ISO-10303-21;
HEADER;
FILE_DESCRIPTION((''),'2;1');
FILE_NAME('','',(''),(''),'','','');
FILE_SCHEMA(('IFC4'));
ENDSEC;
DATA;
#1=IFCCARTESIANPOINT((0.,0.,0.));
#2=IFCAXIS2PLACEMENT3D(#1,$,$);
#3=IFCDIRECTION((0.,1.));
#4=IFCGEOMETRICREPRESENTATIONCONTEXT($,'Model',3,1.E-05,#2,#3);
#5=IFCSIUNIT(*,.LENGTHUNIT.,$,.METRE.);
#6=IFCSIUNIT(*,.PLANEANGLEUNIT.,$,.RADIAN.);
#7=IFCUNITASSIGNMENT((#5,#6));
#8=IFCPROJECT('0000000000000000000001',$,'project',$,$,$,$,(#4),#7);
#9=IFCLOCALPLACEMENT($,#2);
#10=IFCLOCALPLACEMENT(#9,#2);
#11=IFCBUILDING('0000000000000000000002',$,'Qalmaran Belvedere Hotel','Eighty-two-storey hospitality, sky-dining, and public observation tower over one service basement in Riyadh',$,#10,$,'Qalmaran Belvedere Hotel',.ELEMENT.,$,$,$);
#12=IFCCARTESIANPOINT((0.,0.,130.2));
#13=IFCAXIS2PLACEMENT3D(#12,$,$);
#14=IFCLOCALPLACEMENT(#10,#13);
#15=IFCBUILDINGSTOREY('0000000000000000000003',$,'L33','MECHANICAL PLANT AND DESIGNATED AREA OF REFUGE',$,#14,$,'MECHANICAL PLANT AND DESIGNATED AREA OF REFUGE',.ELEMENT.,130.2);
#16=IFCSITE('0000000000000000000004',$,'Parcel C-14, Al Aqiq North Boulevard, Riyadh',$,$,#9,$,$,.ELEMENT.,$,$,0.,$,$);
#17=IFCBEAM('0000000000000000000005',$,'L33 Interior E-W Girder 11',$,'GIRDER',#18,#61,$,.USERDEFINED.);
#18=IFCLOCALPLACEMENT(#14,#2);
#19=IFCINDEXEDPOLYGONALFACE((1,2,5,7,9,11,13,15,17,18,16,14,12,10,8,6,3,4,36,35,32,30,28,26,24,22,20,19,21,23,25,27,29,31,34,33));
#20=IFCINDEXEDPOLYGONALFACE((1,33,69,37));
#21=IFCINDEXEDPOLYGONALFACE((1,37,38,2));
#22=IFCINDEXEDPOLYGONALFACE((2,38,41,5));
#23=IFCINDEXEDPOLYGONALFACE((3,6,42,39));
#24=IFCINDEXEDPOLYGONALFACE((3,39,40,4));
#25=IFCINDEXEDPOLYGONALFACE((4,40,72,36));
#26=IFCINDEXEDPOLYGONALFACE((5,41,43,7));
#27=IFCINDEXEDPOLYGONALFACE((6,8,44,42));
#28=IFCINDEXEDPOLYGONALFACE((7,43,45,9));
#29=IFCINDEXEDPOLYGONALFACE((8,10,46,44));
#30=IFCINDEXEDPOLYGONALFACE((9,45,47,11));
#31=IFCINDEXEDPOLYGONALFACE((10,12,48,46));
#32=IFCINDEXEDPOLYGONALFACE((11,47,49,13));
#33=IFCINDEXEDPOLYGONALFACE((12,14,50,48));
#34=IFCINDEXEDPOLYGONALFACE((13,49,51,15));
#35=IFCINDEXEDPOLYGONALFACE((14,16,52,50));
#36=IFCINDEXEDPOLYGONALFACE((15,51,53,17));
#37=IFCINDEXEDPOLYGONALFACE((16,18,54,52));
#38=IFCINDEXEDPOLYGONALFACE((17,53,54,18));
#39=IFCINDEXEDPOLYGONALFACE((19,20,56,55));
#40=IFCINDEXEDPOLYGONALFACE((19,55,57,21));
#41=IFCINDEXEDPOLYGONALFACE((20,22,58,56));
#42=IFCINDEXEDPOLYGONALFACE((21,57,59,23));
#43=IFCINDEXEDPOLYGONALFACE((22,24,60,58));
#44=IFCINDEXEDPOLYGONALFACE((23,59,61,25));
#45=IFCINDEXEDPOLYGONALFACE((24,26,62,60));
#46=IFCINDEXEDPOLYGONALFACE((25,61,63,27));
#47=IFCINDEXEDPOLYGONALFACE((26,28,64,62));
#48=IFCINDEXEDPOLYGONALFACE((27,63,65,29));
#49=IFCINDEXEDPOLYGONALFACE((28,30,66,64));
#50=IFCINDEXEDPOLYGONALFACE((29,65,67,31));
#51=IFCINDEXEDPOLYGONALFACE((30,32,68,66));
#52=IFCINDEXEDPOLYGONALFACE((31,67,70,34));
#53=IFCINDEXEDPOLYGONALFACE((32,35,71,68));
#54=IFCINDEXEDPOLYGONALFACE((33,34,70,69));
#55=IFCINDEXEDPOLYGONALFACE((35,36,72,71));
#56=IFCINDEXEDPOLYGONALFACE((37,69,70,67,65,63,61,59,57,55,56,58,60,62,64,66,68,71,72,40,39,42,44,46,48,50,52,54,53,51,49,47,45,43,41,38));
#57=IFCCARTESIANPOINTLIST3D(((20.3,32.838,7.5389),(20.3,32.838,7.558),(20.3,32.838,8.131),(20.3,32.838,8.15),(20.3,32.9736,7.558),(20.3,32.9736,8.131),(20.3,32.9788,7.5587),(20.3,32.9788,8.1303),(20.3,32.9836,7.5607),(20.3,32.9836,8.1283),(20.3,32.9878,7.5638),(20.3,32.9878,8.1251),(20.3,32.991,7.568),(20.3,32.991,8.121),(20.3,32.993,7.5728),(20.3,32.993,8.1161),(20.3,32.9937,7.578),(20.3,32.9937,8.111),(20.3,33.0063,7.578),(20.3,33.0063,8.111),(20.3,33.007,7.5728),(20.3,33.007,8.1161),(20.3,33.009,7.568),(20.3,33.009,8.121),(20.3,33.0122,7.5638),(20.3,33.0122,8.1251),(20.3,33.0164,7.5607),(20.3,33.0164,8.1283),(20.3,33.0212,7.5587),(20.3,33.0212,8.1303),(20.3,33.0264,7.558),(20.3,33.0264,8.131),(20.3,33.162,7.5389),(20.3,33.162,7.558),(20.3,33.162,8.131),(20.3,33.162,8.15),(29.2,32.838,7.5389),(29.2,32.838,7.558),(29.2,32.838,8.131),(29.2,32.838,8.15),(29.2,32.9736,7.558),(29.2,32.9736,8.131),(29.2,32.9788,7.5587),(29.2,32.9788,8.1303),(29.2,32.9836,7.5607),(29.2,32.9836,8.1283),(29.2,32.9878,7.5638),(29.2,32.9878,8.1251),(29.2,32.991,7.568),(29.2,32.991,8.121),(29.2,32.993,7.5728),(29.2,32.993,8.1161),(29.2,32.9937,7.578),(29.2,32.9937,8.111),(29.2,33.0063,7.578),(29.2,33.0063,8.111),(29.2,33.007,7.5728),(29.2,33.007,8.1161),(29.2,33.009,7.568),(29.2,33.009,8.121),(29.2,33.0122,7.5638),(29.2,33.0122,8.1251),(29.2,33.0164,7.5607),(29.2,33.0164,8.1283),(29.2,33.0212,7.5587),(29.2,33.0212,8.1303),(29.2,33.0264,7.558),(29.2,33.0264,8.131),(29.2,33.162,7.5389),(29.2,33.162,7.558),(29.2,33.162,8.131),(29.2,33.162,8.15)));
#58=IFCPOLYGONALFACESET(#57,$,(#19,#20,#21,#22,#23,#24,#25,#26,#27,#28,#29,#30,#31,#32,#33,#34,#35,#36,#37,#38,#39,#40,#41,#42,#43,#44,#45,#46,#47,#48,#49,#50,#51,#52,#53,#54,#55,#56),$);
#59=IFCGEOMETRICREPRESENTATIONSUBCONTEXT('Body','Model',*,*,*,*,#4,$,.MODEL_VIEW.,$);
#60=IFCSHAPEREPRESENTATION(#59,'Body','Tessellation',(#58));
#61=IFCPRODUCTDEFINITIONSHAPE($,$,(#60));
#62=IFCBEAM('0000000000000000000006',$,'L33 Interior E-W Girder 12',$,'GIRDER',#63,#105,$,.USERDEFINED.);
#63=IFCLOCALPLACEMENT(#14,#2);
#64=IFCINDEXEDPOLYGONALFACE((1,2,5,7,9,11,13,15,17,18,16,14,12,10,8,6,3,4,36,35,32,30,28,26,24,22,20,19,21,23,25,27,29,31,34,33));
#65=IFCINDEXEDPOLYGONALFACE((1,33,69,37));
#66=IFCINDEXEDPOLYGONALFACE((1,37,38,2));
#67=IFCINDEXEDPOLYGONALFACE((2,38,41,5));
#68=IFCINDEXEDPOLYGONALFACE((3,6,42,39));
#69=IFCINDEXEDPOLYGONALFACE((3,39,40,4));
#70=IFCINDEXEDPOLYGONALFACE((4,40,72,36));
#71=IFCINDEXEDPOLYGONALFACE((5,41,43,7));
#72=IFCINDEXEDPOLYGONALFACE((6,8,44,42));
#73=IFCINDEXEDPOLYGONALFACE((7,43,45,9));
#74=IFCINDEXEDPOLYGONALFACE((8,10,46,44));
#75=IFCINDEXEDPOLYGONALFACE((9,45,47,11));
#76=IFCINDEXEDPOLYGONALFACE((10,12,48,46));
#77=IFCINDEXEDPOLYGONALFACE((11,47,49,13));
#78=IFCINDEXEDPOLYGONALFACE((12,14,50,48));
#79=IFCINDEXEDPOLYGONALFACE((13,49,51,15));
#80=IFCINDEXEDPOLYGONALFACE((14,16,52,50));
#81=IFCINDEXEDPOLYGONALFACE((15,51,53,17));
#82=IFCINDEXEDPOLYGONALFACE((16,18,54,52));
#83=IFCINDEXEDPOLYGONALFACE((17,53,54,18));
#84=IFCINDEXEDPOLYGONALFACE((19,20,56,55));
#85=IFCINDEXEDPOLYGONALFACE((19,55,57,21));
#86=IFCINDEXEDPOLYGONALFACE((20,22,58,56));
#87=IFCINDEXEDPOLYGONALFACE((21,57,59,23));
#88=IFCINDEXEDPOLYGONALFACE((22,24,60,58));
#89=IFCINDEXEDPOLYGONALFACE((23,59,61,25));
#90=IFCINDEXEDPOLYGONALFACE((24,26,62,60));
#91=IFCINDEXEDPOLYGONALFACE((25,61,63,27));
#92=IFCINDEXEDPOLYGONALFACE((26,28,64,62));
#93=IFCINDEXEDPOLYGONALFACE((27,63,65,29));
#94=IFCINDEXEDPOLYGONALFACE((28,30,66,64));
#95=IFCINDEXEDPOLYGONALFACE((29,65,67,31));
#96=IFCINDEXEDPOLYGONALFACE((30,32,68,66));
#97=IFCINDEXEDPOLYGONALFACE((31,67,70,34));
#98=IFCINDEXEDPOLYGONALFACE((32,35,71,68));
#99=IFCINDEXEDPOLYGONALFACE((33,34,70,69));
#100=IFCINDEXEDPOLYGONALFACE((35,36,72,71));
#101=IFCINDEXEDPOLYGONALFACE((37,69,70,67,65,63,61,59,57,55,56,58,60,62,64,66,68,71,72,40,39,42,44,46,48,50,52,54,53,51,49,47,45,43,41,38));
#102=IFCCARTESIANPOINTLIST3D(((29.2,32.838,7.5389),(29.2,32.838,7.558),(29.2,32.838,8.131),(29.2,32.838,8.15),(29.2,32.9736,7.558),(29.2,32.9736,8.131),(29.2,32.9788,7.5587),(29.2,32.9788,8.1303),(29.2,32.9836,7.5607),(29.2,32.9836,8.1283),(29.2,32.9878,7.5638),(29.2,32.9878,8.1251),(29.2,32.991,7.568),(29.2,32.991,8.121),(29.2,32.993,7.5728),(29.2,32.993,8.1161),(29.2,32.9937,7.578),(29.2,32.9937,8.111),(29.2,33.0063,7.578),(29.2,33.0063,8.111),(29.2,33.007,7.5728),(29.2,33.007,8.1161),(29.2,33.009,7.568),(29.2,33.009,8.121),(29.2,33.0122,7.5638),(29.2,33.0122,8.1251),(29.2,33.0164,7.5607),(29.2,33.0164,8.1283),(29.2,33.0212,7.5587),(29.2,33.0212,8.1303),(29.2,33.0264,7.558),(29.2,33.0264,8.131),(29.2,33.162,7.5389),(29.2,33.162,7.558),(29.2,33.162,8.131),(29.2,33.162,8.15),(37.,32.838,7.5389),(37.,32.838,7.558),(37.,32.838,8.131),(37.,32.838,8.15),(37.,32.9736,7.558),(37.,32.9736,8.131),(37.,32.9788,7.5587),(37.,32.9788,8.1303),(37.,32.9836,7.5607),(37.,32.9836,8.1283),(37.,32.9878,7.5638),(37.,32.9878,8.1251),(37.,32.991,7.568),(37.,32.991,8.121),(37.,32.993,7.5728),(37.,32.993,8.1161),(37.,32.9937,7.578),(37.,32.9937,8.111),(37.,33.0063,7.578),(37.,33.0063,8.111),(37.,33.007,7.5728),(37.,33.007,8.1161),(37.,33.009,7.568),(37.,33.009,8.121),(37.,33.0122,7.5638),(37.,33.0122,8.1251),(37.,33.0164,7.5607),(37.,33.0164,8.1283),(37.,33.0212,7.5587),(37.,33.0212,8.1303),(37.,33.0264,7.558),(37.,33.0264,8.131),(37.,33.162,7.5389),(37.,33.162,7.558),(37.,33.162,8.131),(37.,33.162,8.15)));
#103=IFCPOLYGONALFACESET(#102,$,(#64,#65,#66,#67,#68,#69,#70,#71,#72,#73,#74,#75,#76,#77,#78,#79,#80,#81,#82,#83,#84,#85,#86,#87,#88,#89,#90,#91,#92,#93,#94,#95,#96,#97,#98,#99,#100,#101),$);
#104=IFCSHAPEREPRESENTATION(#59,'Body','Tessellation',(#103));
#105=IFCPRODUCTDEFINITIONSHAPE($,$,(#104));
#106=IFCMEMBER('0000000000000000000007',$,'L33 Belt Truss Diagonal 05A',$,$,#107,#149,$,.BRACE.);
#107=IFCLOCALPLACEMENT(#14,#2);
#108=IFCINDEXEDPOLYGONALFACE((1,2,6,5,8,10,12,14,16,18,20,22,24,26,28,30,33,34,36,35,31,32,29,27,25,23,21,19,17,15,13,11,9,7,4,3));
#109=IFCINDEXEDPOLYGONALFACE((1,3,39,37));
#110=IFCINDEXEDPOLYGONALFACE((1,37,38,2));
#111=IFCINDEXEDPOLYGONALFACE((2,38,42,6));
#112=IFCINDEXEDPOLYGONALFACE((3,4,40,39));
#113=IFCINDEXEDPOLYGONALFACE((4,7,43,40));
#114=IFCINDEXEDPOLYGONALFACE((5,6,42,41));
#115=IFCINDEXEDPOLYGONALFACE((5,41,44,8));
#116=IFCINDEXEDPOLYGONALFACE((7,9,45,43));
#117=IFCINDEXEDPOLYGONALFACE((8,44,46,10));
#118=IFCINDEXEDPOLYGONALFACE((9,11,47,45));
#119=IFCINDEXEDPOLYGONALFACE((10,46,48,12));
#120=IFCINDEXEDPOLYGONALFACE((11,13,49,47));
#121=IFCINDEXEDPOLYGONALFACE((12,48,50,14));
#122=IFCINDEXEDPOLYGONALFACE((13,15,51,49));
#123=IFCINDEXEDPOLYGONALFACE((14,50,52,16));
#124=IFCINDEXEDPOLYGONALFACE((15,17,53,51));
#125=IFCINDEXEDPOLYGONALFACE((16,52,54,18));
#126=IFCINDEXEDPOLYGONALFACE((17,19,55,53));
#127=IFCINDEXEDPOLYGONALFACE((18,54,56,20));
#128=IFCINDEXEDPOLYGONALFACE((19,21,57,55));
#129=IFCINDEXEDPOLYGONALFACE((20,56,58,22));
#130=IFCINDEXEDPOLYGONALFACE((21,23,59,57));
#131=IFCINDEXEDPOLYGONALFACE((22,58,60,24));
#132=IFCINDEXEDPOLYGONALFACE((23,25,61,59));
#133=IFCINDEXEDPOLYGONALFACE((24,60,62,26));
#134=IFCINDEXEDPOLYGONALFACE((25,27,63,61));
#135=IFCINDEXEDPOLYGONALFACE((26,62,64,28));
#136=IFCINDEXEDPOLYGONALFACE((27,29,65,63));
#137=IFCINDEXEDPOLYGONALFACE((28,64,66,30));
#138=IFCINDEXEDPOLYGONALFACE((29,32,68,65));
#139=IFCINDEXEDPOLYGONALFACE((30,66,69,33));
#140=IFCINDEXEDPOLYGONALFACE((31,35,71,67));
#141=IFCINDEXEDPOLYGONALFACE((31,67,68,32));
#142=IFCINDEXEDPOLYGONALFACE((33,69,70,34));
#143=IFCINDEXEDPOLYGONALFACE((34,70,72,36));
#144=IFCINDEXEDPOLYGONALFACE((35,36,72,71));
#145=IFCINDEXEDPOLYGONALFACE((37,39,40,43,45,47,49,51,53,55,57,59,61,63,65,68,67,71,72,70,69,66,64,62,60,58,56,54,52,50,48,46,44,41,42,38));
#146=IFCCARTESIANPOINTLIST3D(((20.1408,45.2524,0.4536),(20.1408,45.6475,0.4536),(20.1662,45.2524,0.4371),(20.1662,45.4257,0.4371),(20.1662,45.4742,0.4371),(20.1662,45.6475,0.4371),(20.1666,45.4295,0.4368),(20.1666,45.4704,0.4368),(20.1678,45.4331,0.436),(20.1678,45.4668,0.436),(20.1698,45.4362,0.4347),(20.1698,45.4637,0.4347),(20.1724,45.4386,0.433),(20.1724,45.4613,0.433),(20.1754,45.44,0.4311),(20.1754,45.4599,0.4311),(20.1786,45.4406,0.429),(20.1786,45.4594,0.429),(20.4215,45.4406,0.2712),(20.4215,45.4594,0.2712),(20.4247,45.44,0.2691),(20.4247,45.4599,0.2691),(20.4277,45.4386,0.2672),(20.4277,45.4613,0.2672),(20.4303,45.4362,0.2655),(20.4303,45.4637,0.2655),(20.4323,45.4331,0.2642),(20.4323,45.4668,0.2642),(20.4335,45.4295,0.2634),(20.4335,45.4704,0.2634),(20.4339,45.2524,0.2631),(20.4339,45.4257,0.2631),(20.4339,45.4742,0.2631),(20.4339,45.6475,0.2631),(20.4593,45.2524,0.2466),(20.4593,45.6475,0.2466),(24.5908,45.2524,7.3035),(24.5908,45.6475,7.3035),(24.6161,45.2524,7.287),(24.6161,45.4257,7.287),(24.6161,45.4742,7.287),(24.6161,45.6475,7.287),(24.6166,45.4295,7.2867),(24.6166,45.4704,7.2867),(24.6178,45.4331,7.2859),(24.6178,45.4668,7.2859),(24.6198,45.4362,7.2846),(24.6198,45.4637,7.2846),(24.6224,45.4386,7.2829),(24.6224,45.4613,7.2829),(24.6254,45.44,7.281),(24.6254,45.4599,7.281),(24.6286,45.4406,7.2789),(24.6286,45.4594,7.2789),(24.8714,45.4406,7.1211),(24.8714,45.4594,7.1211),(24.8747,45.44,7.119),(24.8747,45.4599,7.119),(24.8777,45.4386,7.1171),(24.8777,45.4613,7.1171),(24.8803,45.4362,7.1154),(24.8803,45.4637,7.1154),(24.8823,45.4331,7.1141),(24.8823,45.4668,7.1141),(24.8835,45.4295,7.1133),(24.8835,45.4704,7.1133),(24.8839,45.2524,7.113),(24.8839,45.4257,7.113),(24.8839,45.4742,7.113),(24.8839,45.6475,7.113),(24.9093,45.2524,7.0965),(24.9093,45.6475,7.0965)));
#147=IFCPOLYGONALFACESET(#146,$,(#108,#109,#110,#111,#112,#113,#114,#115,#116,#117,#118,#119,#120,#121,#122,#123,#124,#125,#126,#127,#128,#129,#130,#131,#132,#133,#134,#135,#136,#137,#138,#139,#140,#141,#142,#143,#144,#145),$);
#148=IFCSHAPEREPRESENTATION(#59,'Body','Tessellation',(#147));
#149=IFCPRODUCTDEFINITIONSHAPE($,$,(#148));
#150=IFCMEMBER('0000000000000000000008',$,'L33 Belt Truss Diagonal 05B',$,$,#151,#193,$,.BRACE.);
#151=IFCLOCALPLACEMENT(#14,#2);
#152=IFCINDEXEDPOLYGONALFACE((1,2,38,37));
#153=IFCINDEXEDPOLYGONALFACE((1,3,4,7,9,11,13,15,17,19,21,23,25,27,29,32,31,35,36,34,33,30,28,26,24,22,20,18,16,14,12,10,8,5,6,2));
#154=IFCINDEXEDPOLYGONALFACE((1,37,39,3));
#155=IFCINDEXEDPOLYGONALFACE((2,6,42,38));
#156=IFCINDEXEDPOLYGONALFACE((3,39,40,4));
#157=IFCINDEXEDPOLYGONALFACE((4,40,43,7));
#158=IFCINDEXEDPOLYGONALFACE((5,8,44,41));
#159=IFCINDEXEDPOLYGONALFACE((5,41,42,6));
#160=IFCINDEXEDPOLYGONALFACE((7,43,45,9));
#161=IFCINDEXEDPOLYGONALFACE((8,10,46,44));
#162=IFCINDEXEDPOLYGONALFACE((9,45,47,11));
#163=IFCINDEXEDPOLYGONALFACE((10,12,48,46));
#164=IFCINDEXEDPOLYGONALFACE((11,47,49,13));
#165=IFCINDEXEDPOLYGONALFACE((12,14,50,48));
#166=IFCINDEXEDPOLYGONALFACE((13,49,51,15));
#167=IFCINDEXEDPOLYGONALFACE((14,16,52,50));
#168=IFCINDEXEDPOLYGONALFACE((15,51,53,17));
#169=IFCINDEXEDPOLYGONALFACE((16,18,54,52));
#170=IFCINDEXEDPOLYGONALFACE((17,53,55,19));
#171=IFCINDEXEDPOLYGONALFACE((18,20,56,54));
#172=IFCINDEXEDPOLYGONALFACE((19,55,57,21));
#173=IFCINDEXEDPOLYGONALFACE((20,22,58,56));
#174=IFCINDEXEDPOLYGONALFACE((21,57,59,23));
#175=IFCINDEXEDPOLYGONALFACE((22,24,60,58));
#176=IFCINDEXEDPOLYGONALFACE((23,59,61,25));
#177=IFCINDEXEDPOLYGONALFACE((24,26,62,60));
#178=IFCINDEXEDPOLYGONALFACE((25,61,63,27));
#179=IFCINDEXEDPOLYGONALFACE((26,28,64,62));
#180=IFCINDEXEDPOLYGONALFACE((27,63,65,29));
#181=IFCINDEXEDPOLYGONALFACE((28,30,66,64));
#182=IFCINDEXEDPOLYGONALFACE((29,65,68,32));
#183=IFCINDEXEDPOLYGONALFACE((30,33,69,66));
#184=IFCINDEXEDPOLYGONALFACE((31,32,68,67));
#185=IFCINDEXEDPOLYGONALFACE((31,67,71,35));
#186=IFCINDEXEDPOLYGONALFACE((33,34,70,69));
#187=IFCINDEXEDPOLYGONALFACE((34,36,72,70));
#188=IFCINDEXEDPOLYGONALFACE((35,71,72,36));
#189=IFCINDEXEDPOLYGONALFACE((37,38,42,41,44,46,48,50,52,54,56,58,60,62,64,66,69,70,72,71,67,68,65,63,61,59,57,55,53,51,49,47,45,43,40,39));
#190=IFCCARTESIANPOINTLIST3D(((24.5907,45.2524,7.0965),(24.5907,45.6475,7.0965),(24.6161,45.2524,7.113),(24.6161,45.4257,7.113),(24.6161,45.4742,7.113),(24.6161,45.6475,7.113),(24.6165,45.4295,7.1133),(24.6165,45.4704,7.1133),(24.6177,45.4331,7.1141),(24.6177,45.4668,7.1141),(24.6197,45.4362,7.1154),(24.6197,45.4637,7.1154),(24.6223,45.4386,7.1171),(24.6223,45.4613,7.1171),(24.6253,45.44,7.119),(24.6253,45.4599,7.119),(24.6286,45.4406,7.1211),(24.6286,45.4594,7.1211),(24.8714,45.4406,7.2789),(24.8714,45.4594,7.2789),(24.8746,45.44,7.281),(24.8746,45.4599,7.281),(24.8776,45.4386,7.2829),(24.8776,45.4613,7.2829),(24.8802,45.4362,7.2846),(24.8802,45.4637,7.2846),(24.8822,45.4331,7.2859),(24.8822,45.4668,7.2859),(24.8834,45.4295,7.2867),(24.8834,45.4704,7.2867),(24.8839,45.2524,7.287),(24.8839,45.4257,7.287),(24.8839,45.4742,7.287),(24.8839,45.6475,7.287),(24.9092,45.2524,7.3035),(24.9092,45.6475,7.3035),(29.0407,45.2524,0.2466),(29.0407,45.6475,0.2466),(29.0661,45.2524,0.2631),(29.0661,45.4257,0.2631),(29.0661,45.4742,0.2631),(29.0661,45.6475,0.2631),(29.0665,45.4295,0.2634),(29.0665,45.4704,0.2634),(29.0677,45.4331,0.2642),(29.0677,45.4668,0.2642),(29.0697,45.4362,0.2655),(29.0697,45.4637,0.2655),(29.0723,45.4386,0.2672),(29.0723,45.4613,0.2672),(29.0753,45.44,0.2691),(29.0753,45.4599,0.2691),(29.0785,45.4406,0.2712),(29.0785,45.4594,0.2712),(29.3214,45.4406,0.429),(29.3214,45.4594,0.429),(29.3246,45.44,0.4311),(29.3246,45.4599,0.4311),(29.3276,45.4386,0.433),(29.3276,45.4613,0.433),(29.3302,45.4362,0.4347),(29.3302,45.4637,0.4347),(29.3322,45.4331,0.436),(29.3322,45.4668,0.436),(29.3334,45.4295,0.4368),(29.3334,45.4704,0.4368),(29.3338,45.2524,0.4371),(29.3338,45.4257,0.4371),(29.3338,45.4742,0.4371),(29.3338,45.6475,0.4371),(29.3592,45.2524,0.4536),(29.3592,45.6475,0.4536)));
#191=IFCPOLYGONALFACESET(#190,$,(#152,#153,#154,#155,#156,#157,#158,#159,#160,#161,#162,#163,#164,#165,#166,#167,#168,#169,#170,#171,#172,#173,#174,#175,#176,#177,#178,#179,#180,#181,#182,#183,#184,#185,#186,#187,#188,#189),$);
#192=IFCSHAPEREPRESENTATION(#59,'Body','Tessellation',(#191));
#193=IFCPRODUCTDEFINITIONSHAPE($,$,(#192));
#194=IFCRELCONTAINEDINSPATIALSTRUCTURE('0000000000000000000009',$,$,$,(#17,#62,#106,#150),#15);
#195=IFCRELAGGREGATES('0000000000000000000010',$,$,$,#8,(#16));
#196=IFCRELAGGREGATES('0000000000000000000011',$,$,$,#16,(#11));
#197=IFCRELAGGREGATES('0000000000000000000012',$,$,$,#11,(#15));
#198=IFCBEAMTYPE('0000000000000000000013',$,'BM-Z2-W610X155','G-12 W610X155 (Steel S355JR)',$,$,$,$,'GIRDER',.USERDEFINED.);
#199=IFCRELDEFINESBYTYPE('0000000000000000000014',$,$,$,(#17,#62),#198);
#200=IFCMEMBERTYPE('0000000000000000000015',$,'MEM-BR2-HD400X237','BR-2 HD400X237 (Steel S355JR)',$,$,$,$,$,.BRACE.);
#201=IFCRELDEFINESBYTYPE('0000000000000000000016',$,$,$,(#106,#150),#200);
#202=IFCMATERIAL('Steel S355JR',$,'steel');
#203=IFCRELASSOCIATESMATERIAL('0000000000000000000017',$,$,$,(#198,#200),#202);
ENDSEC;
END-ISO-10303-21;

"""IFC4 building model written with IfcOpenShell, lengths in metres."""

from ifc_helpers import new_model, si_unit, direction, frame, origin, origin_2d, place, context, subcontext, project, spatial, i_section, extrude, material, material_profile, profile_set, type_object, element, save


model = new_model("IFC4")

# Units and contexts
model_context = context("Model", 3, precision=1e-05, world=origin(), true_north=direction((0.0, 1.0)))
body_context = subcontext(model_context, "Body", "Model", "MODEL_VIEW")
ifc_project = project(units=[si_unit("LENGTHUNIT", "METRE"), si_unit("PLANEANGLEUNIT", "RADIAN")], contexts=[model_context])

# Site, building, storey
site_placement = place(None, origin())
site = spatial("IfcSite", under=ifc_project, at=site_placement, Name="Parcel C-14, Al Aqiq North Boulevard, Riyadh", CompositionType="ELEMENT", RefElevation=0.0)
building_placement = place(site_placement, origin())
building = spatial("IfcBuilding", under=site, at=building_placement, Name="Qalmaran Belvedere Hotel", Description="Eighty-two-storey hospitality, sky-dining, and public observation tower over one service basement in Riyadh", LongName="Qalmaran Belvedere Hotel", CompositionType="ELEMENT")
storey_placement = place(building_placement, frame((0.0, 0.0, 130.2)))
storey = spatial("IfcBuildingStorey", under=building, at=storey_placement, Name="L33", Description="MECHANICAL PLANT AND DESIGNATED AREA OF REFUGE", LongName="MECHANICAL PLANT AND DESIGNATED AREA OF REFUGE", CompositionType="ELEMENT", Elevation=130.2)

# Beams
ifc_material_1 = material(Name="Steel S355JR", Category="steel")
ifc_material_profile_1 = material_profile(ifc_material_1, i_section(OverallWidth=0.324, OverallDepth=0.6111, WebThickness=0.0127, FlangeThickness=0.019, FilletRadius=0.02, at=origin_2d()), Name="W610X155")
ifc_profile_set_1 = profile_set([ifc_material_profile_1], Name="Steel S355JR")
beam_type_1 = type_object("IfcBeamType", Name="BM-Z2-W610X155", Description="G-12 W610X155 (Steel S355JR)", ElementType="GIRDER", PredefinedType="USERDEFINED", material=ifc_profile_set_1)
beam_1_placement = place(storey_placement, frame((20.3, 33.0, 7.8445), z_axis=(1.0, 0.0, 0.0), x_axis=(0.0, 1.0, 0.0)))
element("IfcBeam", 1, at=beam_1_placement, inside=storey, type_object=beam_type_1, Name="L33 Interior E-W Girder 11", ObjectType="GIRDER", PredefinedType="USERDEFINED", context=body_context, shape_type="SweptSolid", body=[
    extrude(i_section(OverallWidth=0.324, OverallDepth=0.6111, WebThickness=0.0127, FlangeThickness=0.019, FilletRadius=0.02, at=origin_2d()), origin(), (0.0, 0.0, 1.0), 8.8999),
])
beam_2_placement = place(storey_placement, frame((29.2, 33.0, 7.8445), z_axis=(1.0, 0.0, 0.0), x_axis=(0.0, 1.0, 0.0)))
element("IfcBeam", 2, at=beam_2_placement, inside=storey, type_object=beam_type_1, Name="L33 Interior E-W Girder 12", ObjectType="GIRDER", PredefinedType="USERDEFINED", context=body_context, shape_type="SweptSolid", body=[
    extrude(i_section(OverallWidth=0.324, OverallDepth=0.6111, WebThickness=0.0127, FlangeThickness=0.019, FilletRadius=0.02, at=origin_2d()), origin(), (0.0, 0.0, 1.0), 7.8),
])

# Members
ifc_material_profile_2 = material_profile(ifc_material_1, i_section(OverallWidth=0.395, OverallDepth=0.3799, WebThickness=0.0188, FlangeThickness=0.0303, FilletRadius=0.0149, at=origin_2d()), Name="HD400X237")
ifc_profile_set_2 = profile_set([ifc_material_profile_2], Name="Steel S355JR")
member_type_1 = type_object("IfcMemberType", Name="MEM-BR2-HD400X237", Description="BR-2 HD400X237 (Steel S355JR)", PredefinedType="BRACE", material=ifc_profile_set_2)
for number, where, z_axis, x_axis, name in (
    (3, (20.3, 45.45, 0.3501), (0.544777, 0.0, 0.838581), (0.0, 1.0, 0.0), "L33 Belt Truss Diagonal 05A"),
    (4, (29.2, 45.45, 0.3501), (-0.544777, 0.0, 0.838581), (0.0, -1.0, 0.0), "L33 Belt Truss Diagonal 05B"),
):
    element("IfcMember", number, at=place(storey_placement, frame(where, z_axis=z_axis, x_axis=x_axis)), inside=storey, type_object=member_type_1, Name=name, PredefinedType="BRACE", context=body_context, shape_type="SweptSolid", body=[
        extrude(i_section(OverallWidth=0.395, OverallDepth=0.3799, WebThickness=0.0188, FlangeThickness=0.0303, FilletRadius=0.0149, at=origin_2d()), origin(), (0.0, 0.0, 1.0), 8.1685),
    ])

save(model, "model.ifc")
